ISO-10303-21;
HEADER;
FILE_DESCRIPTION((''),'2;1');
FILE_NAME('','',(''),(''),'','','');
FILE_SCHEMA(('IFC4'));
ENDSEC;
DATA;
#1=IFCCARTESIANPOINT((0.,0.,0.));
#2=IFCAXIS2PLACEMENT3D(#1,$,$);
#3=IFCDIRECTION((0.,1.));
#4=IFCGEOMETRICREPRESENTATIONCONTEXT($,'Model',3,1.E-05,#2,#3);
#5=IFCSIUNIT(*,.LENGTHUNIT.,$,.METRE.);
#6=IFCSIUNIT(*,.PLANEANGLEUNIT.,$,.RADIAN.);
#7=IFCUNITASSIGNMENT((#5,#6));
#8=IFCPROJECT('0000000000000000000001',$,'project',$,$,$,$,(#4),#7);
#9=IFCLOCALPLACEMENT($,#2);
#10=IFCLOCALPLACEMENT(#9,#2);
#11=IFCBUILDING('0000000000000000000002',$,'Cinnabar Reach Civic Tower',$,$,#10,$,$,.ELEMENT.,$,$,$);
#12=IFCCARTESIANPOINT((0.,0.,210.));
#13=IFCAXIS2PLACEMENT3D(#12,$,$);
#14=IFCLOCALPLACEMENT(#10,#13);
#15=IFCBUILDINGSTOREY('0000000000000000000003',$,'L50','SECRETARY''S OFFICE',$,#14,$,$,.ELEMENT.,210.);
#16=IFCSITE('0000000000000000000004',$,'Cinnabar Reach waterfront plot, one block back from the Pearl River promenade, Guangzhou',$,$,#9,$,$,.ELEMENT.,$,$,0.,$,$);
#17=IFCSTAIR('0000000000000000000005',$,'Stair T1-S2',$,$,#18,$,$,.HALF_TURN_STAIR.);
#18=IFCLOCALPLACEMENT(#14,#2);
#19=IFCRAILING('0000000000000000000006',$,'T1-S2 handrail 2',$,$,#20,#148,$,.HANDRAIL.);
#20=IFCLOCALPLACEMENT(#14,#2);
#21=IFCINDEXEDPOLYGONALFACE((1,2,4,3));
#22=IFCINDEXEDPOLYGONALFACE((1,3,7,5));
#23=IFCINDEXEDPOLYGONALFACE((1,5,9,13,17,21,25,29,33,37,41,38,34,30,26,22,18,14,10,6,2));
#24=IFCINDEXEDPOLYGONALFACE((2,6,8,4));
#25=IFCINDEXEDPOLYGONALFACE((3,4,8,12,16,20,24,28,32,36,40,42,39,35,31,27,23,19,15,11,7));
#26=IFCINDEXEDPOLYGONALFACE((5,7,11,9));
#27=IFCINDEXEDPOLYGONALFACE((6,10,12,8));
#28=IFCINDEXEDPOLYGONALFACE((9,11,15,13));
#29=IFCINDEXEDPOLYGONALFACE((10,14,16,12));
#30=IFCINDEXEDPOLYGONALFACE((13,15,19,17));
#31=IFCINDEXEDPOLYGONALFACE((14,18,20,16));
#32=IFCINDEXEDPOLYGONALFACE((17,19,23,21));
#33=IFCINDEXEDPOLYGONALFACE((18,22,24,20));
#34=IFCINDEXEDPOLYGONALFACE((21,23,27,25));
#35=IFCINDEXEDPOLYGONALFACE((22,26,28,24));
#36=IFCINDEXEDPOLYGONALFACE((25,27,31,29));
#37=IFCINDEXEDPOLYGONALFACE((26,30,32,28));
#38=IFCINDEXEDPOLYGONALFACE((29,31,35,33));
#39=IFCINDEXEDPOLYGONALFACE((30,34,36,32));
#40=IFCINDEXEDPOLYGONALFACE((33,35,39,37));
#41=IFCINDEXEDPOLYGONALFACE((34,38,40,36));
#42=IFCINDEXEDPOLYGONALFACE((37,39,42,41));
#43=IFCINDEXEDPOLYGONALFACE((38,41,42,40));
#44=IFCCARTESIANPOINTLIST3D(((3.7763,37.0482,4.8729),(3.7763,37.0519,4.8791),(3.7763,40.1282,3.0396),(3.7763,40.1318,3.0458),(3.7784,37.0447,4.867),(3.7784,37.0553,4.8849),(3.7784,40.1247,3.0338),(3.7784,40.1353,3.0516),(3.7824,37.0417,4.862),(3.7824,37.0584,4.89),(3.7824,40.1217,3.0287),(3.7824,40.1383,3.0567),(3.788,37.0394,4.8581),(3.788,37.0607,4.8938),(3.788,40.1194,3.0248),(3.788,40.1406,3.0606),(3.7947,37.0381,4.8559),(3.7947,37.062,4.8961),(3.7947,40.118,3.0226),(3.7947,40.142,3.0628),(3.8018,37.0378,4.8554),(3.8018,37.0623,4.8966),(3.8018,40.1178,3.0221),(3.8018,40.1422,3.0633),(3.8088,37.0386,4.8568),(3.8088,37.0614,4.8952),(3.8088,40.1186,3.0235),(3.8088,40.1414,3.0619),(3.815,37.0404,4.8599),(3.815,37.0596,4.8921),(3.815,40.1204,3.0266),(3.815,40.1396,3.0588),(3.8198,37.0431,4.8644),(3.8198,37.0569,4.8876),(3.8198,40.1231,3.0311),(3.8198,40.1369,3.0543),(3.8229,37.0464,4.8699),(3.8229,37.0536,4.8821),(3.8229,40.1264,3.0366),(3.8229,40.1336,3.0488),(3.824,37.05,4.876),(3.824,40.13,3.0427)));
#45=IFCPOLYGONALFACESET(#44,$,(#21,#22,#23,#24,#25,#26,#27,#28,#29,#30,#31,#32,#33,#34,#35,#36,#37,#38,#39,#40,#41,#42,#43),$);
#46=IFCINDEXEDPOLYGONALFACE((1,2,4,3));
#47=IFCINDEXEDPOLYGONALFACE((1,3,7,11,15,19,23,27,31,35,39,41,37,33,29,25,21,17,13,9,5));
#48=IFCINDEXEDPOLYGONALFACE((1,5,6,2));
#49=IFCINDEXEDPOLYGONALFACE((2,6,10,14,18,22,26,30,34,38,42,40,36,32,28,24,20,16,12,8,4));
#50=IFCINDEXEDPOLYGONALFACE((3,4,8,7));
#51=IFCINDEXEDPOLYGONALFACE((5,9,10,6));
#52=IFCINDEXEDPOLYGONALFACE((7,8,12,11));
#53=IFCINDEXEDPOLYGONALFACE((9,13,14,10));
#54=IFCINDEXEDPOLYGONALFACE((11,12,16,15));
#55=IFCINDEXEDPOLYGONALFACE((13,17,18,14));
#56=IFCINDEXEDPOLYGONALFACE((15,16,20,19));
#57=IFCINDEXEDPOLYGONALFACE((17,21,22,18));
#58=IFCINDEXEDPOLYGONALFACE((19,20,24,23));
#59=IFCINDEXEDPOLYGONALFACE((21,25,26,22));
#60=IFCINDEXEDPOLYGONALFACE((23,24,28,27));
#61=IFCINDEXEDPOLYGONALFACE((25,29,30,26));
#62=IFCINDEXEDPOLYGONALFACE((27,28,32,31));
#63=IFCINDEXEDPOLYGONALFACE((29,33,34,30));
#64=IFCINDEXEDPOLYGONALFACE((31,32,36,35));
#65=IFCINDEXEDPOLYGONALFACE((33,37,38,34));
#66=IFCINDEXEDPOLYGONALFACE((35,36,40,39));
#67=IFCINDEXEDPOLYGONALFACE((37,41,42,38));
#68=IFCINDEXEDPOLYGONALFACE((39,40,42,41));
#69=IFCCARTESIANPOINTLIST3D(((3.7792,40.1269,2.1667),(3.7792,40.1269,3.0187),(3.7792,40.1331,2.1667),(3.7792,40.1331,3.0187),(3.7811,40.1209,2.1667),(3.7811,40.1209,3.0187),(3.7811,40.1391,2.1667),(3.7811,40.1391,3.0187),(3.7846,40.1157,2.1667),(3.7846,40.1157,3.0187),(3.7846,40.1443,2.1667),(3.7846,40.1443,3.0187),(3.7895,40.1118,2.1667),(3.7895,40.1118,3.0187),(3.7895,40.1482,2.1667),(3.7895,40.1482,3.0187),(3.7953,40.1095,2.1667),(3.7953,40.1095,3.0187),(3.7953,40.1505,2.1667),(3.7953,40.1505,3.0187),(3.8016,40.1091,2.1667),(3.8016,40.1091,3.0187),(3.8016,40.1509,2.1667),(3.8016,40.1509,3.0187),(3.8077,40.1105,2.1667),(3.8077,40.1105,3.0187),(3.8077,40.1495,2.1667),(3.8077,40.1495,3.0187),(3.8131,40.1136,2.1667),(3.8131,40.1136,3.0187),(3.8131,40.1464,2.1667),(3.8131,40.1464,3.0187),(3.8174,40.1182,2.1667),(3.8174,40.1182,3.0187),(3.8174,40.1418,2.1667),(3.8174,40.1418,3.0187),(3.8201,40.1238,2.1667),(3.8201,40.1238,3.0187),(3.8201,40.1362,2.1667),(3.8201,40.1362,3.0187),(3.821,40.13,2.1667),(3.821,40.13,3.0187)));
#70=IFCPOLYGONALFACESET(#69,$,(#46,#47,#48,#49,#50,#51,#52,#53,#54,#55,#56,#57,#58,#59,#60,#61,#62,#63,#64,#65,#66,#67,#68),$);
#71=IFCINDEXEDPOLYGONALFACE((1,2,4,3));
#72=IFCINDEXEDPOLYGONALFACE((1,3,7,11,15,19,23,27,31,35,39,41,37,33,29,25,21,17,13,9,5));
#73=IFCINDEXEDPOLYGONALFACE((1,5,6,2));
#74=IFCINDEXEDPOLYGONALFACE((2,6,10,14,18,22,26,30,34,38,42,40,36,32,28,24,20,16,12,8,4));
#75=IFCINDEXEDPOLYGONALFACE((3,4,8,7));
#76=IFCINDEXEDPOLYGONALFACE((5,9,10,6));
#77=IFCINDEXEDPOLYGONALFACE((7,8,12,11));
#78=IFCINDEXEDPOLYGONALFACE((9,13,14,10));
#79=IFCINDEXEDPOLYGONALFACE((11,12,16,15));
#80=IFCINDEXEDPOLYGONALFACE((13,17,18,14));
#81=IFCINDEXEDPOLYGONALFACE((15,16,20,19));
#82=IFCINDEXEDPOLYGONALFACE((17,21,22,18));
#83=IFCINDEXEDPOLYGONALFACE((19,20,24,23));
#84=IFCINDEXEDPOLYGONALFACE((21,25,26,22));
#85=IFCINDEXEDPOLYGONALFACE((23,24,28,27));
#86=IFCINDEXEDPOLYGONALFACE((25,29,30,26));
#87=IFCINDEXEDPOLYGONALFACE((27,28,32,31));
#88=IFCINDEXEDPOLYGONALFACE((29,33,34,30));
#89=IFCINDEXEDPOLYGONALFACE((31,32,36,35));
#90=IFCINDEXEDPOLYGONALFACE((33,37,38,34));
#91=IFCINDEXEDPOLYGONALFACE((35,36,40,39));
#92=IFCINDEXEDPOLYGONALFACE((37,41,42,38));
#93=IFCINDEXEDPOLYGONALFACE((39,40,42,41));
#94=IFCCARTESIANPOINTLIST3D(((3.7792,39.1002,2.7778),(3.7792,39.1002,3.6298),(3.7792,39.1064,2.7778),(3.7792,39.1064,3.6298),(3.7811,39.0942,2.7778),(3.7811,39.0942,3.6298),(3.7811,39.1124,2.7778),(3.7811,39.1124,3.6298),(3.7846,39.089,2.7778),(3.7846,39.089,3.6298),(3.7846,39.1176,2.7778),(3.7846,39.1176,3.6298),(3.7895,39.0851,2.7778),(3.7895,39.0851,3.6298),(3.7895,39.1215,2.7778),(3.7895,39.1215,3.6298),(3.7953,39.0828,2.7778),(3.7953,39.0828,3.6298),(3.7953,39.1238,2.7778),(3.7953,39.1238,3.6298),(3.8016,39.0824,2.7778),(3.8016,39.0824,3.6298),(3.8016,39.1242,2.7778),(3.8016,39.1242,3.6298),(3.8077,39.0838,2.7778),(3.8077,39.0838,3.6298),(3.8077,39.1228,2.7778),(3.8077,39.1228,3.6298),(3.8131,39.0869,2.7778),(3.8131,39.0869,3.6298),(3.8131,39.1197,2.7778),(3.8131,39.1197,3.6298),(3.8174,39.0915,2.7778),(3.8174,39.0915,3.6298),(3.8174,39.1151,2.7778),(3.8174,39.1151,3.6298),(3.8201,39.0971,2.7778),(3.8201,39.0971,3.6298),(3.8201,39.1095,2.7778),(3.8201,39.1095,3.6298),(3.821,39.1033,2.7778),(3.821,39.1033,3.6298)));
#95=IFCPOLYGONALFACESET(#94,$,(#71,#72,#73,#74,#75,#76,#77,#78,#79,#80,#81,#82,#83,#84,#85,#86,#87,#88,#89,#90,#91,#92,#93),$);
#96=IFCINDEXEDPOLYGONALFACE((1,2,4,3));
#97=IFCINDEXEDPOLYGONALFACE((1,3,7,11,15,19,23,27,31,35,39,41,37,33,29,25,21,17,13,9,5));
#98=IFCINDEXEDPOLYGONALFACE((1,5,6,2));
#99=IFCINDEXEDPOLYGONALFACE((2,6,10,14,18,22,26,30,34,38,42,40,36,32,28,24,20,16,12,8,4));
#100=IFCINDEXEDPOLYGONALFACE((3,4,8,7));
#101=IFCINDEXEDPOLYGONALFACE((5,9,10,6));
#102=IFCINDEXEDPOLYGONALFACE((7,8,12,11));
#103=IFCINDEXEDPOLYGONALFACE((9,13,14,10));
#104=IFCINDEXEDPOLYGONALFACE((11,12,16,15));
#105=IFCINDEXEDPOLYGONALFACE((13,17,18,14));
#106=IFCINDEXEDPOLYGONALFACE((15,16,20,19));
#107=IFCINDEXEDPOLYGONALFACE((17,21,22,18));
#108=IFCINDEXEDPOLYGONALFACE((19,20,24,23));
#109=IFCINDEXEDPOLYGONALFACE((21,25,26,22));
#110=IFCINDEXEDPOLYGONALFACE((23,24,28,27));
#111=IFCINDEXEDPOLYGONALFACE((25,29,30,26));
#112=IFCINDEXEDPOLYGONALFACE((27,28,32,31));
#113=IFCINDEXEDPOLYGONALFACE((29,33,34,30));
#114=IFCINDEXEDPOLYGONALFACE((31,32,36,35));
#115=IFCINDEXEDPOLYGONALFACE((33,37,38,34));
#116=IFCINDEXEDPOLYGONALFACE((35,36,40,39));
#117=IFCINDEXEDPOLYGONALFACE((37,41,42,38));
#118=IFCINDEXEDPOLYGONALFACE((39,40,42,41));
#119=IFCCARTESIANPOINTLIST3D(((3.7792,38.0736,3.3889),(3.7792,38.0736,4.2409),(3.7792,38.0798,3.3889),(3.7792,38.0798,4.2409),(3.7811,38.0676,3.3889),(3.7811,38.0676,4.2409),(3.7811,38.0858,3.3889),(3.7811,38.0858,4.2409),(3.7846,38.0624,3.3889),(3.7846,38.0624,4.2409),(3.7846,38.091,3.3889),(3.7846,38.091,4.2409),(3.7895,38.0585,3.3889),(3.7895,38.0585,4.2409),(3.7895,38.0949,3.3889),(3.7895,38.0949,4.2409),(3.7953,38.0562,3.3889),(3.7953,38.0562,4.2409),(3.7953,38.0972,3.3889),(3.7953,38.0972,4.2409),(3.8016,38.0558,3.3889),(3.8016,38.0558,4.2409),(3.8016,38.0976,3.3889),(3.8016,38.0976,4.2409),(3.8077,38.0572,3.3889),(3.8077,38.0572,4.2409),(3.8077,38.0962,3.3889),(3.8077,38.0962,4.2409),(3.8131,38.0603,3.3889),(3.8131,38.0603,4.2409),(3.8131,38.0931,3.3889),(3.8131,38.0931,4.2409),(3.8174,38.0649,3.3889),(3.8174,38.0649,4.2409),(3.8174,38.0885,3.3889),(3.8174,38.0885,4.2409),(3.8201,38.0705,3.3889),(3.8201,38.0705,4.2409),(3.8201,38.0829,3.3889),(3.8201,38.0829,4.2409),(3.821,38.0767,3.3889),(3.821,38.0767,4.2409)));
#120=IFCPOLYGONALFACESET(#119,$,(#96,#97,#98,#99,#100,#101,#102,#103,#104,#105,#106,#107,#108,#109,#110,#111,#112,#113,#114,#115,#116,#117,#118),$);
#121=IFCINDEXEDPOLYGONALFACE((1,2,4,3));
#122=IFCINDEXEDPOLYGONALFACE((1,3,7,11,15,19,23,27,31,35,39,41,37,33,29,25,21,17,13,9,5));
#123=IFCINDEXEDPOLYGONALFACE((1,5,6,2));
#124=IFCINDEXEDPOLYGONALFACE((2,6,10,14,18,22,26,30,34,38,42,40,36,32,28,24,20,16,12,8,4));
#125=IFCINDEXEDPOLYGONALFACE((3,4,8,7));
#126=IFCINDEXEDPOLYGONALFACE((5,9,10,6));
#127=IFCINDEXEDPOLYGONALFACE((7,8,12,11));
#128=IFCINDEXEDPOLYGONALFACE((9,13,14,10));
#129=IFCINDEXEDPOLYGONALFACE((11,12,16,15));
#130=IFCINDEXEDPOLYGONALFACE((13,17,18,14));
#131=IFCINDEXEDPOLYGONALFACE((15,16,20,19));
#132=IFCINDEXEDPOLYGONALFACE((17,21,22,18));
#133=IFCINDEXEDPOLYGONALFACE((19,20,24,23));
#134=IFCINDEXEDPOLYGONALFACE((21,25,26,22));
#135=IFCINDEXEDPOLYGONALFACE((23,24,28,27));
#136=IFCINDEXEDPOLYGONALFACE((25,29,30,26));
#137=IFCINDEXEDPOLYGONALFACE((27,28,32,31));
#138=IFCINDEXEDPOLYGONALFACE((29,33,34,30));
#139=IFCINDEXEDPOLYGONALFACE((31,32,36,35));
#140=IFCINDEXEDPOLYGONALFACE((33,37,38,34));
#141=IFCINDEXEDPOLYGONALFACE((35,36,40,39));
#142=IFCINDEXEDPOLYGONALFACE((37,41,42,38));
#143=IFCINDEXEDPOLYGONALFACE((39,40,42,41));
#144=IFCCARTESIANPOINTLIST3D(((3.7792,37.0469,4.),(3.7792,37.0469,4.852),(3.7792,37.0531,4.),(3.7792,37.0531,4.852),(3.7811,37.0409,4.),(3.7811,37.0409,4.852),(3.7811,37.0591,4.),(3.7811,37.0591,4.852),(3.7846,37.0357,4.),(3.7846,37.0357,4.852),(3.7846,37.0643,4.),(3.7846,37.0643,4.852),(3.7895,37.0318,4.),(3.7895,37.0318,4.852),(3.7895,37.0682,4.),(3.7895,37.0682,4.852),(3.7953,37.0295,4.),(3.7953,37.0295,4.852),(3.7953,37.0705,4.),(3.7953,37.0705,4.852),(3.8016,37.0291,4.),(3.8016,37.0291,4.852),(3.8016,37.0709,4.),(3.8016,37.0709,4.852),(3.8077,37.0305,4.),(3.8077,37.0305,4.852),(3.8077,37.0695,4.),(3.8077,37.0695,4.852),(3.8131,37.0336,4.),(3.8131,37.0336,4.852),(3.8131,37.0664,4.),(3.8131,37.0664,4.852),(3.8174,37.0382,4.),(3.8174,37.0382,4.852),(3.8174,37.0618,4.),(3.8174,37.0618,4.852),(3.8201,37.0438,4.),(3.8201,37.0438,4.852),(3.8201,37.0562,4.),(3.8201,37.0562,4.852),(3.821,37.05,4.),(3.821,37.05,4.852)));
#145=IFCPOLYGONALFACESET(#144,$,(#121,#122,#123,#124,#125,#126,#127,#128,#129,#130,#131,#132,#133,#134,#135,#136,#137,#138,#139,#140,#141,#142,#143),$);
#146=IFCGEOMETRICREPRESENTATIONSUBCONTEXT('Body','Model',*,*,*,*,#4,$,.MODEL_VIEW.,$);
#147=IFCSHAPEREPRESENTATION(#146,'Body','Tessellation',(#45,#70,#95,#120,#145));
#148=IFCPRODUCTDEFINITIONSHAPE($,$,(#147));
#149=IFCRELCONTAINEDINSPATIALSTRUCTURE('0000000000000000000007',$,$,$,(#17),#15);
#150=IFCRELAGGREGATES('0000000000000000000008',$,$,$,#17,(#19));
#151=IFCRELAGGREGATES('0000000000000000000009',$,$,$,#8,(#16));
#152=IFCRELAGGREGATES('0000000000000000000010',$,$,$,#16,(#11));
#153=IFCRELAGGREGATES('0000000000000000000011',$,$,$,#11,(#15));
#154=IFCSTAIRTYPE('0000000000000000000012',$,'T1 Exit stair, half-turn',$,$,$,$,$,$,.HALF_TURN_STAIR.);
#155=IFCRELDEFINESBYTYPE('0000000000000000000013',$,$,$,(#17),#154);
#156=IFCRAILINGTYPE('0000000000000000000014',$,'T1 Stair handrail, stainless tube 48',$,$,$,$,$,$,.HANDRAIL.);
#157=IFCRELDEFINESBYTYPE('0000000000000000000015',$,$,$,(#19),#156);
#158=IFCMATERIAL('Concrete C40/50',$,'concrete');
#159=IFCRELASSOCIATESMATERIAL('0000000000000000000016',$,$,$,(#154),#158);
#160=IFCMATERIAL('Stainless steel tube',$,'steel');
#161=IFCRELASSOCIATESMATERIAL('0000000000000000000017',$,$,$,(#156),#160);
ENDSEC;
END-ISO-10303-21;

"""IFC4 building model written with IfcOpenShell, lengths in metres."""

from ifc_helpers import new_model, si_unit, direction, frame, origin, origin_2d, place, context, subcontext, project, spatial, circle, extrude, material, type_object, element, aggregate, save


model = new_model("IFC4")

# Units and contexts
model_context = context("Model", 3, precision=1e-05, world=origin(), true_north=direction((0.0, 1.0)))
body_context = subcontext(model_context, "Body", "Model", "MODEL_VIEW")
ifc_project = project(units=[si_unit("LENGTHUNIT", "METRE"), si_unit("PLANEANGLEUNIT", "RADIAN")], contexts=[model_context])

# Site, building, storey
site_placement = place(None, origin())
site = spatial("IfcSite", under=ifc_project, at=site_placement, Name="Cinnabar Reach waterfront plot, one block back from the Pearl River promenade, Guangzhou", CompositionType="ELEMENT", RefElevation=0.0)
building_placement = place(site_placement, origin())
building = spatial("IfcBuilding", under=site, at=building_placement, Name="Cinnabar Reach Civic Tower", CompositionType="ELEMENT")
storey_placement = place(building_placement, frame((0.0, 0.0, 210.0)))
storey = spatial("IfcBuildingStorey", under=building, at=storey_placement, Name="L50", Description="SECRETARY'S OFFICE", CompositionType="ELEMENT", Elevation=210.0)

# Shared definitions
ifc_material_1 = material(Name="Concrete C40/50", Category="concrete")

# Stair, railing
stair_type = type_object("IfcStairType", Name="T1 Exit stair, half-turn", PredefinedType="HALF_TURN_STAIR", material=ifc_material_1)
stair_placement = place(storey_placement, origin())
stair = element("IfcStair", 1, at=stair_placement, inside=storey, type_object=stair_type, Name="Stair T1-S2", PredefinedType="HALF_TURN_STAIR")
ifc_material_2 = material(Name="Stainless steel tube", Category="steel")
railing_type = type_object("IfcRailingType", Name="T1 Stair handrail, stainless tube 48", PredefinedType="HANDRAIL", material=ifc_material_2)
railing_1_placement = place(storey_placement, frame((3.8, 40.13, 2.1667)))
railing_1 = element("IfcRailing", 2, at=railing_1_placement, type_object=railing_type, Name="T1-S2 handrail 2", PredefinedType="HANDRAIL", context=body_context, shape_type="SweptSolid", body=[
    extrude(circle(Radius=0.024, at=origin_2d()), frame((0.0, 0.0, 0.876), z_axis=(0.0, -0.859297, 0.511477), x_axis=(1.0, 0.0, 0.0)), (0.0, 0.0, 1.0), 3.5843),
    extrude(circle(Radius=0.021, at=origin_2d()), origin(), (0.0, 0.0, 1.0), 0.852),
    extrude(circle(Radius=0.021, at=origin_2d()), frame((0.0, -1.0267, 0.6111)), (0.0, 0.0, 1.0), 0.852),
    extrude(circle(Radius=0.021, at=origin_2d()), frame((0.0, -2.0533, 1.2222)), (0.0, 0.0, 1.0), 0.852),
    extrude(circle(Radius=0.021, at=origin_2d()), frame((0.0, -3.08, 1.8333)), (0.0, 0.0, 1.0), 0.852),
])
aggregate(stair, [railing_1])

save(model, "model.ifc")
